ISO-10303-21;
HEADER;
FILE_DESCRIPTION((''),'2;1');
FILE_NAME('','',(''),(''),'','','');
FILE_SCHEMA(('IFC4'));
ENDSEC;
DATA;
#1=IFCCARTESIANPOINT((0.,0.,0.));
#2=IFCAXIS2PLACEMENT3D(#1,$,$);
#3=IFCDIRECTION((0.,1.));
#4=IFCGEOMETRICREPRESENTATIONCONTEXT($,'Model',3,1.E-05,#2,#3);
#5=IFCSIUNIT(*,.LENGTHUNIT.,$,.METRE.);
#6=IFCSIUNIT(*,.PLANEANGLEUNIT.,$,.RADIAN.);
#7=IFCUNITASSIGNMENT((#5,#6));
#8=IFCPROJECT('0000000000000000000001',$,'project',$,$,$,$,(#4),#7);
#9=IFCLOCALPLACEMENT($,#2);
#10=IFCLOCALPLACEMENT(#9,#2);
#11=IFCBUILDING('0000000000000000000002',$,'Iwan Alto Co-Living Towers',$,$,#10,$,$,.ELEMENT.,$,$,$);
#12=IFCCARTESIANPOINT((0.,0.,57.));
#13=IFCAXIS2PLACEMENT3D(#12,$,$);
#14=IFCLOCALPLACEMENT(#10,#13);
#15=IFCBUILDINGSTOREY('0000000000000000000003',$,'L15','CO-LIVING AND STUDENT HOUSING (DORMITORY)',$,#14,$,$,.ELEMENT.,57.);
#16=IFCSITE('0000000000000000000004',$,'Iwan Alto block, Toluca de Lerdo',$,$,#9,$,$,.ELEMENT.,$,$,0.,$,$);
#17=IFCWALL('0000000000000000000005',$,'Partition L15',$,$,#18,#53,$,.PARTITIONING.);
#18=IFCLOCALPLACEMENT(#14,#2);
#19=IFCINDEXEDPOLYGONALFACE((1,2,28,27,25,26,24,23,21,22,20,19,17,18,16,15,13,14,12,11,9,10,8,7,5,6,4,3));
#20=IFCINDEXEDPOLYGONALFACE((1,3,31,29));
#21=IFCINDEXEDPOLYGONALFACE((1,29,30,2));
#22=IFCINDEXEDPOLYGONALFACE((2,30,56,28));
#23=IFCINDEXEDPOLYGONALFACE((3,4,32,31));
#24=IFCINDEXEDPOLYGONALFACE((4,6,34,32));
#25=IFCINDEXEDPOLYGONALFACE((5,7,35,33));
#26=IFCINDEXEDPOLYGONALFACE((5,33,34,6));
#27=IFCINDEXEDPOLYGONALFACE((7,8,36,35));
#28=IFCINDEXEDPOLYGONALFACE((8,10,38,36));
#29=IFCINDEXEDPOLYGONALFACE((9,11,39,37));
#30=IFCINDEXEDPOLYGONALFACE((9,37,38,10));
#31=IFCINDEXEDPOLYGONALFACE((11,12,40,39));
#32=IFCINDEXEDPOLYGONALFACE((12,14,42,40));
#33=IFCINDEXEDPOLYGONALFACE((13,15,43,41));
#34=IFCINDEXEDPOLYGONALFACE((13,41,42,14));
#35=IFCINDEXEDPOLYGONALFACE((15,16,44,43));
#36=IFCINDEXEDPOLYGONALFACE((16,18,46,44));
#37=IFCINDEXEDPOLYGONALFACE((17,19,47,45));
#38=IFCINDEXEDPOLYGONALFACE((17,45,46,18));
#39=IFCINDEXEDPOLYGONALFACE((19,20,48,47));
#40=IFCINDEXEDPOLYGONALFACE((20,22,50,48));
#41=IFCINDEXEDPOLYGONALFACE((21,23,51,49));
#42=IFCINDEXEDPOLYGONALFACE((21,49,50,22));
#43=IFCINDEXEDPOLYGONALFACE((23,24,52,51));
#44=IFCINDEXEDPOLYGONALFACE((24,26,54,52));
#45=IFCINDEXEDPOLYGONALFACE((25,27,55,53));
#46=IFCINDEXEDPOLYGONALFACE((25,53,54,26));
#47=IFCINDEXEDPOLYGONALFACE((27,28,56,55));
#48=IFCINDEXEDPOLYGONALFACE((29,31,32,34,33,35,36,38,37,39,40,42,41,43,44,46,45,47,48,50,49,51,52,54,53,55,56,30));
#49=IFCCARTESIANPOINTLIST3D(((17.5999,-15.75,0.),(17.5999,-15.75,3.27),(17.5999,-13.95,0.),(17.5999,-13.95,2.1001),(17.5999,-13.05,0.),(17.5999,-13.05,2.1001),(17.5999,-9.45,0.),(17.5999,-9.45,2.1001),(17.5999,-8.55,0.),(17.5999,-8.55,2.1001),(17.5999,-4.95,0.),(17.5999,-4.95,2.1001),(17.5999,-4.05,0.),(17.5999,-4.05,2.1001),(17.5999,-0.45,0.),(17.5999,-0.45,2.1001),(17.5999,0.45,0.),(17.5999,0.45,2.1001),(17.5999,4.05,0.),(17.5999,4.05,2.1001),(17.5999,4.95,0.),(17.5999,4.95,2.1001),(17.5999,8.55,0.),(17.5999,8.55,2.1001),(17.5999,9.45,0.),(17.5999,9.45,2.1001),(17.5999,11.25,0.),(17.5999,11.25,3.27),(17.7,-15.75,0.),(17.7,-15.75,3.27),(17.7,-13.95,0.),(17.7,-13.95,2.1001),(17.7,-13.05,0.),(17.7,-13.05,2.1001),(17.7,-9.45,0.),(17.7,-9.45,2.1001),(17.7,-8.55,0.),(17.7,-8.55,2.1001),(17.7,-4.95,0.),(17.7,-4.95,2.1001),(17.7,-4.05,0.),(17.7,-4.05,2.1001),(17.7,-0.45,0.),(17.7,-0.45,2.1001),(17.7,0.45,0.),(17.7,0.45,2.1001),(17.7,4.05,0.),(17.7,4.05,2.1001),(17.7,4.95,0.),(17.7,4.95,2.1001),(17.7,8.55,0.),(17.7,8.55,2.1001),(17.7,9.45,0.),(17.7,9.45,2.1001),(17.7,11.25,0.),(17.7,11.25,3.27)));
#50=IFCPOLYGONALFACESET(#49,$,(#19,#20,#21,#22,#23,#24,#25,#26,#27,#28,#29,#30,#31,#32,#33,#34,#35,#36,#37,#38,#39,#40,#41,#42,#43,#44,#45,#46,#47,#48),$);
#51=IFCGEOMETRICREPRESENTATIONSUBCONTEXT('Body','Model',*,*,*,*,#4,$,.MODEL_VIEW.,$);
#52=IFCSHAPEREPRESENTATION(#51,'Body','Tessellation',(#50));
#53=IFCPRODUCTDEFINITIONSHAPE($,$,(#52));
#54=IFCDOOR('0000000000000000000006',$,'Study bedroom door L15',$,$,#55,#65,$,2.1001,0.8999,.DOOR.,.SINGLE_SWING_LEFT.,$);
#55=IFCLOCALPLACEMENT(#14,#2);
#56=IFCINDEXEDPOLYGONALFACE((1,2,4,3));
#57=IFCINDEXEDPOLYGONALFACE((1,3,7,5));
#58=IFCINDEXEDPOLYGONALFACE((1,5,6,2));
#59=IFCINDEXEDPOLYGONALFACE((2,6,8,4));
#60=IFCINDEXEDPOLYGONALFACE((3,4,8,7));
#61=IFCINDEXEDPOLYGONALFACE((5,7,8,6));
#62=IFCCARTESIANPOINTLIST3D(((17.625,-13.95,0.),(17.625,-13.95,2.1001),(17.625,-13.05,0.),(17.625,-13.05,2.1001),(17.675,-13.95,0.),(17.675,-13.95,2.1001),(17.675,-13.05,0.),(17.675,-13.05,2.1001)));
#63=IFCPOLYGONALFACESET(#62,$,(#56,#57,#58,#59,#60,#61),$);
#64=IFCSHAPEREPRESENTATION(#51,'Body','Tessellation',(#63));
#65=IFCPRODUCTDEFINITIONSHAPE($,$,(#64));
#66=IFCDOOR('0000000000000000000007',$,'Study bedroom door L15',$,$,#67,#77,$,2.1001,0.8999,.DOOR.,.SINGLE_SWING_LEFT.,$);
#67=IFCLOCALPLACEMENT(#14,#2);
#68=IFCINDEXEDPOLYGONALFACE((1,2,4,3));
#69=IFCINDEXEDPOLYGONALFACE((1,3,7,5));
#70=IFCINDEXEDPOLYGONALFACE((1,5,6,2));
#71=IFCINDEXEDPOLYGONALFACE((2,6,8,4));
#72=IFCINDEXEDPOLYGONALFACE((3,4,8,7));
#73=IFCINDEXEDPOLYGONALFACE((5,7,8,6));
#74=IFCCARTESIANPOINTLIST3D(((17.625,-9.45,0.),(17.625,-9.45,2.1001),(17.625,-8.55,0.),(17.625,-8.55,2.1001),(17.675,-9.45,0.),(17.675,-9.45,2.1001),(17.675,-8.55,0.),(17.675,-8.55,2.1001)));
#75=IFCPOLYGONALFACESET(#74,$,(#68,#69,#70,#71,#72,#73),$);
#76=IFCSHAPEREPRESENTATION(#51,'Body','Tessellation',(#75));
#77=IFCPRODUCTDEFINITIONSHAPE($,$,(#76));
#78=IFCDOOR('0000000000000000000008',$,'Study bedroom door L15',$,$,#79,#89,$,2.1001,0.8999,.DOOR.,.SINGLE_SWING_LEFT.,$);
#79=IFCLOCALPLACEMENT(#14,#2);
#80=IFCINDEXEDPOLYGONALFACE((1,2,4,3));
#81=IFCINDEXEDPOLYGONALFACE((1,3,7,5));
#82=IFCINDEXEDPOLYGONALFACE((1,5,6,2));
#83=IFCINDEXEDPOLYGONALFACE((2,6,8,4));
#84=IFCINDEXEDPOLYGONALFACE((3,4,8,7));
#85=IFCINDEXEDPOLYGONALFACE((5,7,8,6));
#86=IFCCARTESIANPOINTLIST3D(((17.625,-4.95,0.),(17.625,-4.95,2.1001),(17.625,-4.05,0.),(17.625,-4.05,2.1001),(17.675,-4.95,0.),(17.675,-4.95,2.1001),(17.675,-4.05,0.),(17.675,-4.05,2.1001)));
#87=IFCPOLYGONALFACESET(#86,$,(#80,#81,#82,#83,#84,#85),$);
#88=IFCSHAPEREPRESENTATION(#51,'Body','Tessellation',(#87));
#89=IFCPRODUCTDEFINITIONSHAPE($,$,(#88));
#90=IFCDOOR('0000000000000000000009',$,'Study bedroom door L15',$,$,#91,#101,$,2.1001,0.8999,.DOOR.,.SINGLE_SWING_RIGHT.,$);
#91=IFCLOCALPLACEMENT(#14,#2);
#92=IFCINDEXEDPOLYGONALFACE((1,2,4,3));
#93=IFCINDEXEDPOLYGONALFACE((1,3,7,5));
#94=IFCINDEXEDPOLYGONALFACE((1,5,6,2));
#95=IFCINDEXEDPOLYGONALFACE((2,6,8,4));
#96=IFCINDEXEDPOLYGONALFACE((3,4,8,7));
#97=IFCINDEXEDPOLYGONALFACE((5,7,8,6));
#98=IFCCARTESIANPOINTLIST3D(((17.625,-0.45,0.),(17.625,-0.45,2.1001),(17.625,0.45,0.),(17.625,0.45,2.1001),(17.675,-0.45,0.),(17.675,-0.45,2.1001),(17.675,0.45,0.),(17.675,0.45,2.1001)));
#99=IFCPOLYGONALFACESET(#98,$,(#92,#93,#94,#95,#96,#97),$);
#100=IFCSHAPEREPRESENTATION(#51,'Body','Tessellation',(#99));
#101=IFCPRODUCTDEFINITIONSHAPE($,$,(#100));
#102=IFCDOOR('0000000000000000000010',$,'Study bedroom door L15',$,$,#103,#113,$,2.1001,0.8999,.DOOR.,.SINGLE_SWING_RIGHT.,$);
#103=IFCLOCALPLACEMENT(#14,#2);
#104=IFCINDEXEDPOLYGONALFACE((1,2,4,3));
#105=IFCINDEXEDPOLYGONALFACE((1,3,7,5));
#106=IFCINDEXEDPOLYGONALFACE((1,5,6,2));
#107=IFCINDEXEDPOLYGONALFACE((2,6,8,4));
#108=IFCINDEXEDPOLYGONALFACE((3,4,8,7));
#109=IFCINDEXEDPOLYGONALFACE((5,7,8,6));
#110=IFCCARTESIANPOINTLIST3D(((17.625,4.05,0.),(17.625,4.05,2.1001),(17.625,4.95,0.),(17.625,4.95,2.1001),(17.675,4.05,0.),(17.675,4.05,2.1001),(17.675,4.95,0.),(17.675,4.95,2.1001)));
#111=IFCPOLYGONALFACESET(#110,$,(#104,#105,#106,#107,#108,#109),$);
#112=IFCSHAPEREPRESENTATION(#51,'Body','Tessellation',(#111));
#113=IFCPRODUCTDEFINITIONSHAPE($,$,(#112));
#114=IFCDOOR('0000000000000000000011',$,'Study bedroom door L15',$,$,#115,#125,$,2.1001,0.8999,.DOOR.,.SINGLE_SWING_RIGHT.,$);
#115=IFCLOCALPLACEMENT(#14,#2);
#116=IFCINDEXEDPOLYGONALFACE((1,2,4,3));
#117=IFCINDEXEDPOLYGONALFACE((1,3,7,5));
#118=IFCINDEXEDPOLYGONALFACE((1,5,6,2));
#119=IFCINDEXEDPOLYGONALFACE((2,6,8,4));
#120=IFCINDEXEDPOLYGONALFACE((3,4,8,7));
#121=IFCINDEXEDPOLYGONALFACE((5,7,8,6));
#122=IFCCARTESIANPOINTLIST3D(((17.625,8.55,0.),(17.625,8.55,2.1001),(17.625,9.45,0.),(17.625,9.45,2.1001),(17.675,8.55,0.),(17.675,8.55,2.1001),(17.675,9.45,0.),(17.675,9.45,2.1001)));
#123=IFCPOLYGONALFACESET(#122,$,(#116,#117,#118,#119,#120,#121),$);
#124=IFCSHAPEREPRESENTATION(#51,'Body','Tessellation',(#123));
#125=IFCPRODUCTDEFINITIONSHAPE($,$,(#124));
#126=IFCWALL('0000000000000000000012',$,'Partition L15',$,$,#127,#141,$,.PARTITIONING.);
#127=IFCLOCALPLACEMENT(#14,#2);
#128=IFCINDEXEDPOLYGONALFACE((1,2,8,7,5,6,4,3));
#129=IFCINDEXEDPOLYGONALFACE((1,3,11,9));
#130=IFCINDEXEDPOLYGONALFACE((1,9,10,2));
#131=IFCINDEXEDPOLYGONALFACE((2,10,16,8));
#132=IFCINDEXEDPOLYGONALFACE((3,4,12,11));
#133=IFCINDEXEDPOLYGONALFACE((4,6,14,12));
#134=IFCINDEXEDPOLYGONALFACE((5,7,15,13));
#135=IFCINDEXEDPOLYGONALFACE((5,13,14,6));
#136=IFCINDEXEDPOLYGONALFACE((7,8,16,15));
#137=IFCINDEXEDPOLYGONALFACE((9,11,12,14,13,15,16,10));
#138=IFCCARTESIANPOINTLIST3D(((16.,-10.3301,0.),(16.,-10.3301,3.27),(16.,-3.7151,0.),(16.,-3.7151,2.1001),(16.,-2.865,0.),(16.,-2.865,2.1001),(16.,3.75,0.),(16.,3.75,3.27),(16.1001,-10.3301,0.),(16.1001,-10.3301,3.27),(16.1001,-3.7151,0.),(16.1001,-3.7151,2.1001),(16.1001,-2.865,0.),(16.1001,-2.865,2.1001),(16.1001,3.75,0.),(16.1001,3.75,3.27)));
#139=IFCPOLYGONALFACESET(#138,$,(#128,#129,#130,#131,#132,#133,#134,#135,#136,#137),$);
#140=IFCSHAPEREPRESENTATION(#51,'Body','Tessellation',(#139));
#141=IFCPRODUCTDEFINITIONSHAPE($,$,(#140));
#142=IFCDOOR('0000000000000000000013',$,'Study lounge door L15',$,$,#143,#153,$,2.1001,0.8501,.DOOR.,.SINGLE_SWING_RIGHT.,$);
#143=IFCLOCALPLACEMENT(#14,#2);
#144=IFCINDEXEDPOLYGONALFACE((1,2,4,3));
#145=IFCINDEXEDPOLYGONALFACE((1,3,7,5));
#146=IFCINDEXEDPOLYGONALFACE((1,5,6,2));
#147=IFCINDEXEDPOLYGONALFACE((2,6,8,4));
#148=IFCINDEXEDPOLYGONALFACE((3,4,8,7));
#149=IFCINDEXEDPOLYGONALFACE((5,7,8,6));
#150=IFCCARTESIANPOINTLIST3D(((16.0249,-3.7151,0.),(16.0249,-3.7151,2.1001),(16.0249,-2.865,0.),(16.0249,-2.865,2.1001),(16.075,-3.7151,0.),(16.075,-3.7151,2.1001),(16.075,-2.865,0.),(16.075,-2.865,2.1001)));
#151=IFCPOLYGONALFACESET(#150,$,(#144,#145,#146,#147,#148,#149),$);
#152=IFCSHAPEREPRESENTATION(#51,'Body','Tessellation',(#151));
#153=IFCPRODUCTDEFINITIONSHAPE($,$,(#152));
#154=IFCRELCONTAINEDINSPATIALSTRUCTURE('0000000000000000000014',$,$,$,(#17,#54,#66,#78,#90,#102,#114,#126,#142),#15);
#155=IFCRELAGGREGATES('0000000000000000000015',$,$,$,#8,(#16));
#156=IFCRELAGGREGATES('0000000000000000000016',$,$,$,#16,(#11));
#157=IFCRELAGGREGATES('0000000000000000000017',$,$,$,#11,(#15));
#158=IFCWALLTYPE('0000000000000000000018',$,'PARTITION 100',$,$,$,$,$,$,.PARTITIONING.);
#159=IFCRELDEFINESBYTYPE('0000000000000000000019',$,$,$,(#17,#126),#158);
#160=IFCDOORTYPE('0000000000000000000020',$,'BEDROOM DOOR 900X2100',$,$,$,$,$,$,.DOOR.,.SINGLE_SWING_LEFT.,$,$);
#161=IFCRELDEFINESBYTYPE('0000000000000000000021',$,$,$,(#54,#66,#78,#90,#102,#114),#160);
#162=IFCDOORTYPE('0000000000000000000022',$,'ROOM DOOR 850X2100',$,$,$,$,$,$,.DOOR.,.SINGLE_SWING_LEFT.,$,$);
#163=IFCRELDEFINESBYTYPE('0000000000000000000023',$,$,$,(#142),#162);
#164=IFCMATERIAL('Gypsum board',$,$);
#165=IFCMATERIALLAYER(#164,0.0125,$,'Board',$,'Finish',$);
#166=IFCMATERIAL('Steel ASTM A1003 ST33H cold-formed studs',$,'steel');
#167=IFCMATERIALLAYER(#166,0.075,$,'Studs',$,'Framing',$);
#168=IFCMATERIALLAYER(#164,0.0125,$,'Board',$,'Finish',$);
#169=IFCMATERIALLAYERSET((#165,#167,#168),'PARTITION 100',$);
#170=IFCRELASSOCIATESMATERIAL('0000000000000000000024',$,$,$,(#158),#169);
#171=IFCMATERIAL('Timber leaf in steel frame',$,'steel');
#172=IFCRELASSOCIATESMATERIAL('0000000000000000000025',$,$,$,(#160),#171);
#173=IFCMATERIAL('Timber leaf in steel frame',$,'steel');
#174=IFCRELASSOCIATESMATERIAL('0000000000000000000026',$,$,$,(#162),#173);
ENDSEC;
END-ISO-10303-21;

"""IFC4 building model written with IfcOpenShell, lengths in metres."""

from ifc_helpers import new_model, si_unit, direction, frame, frame_2d, origin, place, context, subcontext, project, spatial, rectangle, extrude, material, layer, layer_set, type_object, element, fill, save


model = new_model("IFC4")

# Units and contexts
model_context = context("Model", 3, precision=1e-05, world=origin(), true_north=direction((0.0, 1.0)))
body_context = subcontext(model_context, "Body", "Model", "MODEL_VIEW")
ifc_project = project(units=[si_unit("LENGTHUNIT", "METRE"), si_unit("PLANEANGLEUNIT", "RADIAN")], contexts=[model_context])

# Site, building, storey
site_placement = place(None, origin())
site = spatial("IfcSite", under=ifc_project, at=site_placement, Name="Iwan Alto block, Toluca de Lerdo", CompositionType="ELEMENT", RefElevation=0.0)
building_placement = place(site_placement, origin())
building = spatial("IfcBuilding", under=site, at=building_placement, Name="Iwan Alto Co-Living Towers", CompositionType="ELEMENT")
storey_placement = place(building_placement, frame((0.0, 0.0, 57.0)))
storey = spatial("IfcBuildingStorey", under=building, at=storey_placement, Name="L15", Description="CO-LIVING AND STUDENT HOUSING (DORMITORY)", CompositionType="ELEMENT", Elevation=57.0)

# Shared definitions
ifc_material_1 = material(Name="Gypsum board")
ifc_material_2 = material(Name="Steel ASTM A1003 ST33H cold-formed studs", Category="steel")

# Shared definitions
ifc_layer_1 = layer(ifc_material_1, 0.0125, Name="Board", Category="Finish")
ifc_layer_2 = layer(ifc_material_2, 0.075, Name="Studs", Category="Framing")
ifc_layer_3 = layer(ifc_material_1, 0.0125, Name="Board", Category="Finish")
ifc_layer_set_1 = layer_set([ifc_layer_1, ifc_layer_2, ifc_layer_3], Name="PARTITION 100")
wall_type_1 = type_object("IfcWallType", Name="PARTITION 100", PredefinedType="PARTITIONING", material=ifc_layer_set_1)

# Wall, openings, doors
wall_1_placement = place(storey_placement, frame((17.6499, -15.75, 0.0), z_axis=(0.0, 0.0, 1.0), x_axis=(0.0, 1.0, 0.0)))
wall_1 = element("IfcWall", 1, at=wall_1_placement, inside=storey, type_object=wall_type_1, Name="Partition L15", PredefinedType="PARTITIONING", context=body_context, shape_type="SweptSolid", body=[
    extrude(rectangle(XDim=27.0, YDim=0.1001, at=frame_2d((13.5, 0.0))), origin(), (0.0, 0.0, 1.0), 3.27),
])
opening_1_placement = place(wall_1_placement, frame((1.8, 0.0, 0.0)))
opening_1 = element("IfcOpeningElement", 2, at=opening_1_placement, cuts=wall_1, PredefinedType="OPENING", context=body_context, shape_type="SweptSolid", body=[
    extrude(rectangle(XDim=0.8999, YDim=2.1001, at=frame_2d((0.45, 1.05))), frame((0.0, 0.0601, 0.0), z_axis=(0.0, -1.0, 0.0), x_axis=(1.0, 0.0, 0.0)), (0.0, 0.0, 1.0), 0.1201),
])
opening_2_placement = place(wall_1_placement, frame((6.3, 0.0, 0.0)))
opening_2 = element("IfcOpeningElement", 3, at=opening_2_placement, cuts=wall_1, PredefinedType="OPENING", context=body_context, shape_type="SweptSolid", body=[
    extrude(rectangle(XDim=0.8999, YDim=2.1001, at=frame_2d((0.45, 1.05))), frame((0.0, 0.0601, 0.0), z_axis=(0.0, -1.0, 0.0), x_axis=(1.0, 0.0, 0.0)), (0.0, 0.0, 1.0), 0.1201),
])
opening_3_placement = place(wall_1_placement, frame((10.8, 0.0, 0.0)))
opening_3 = element("IfcOpeningElement", 4, at=opening_3_placement, cuts=wall_1, PredefinedType="OPENING", context=body_context, shape_type="SweptSolid", body=[
    extrude(rectangle(XDim=0.8999, YDim=2.1001, at=frame_2d((0.45, 1.05))), frame((0.0, 0.0601, 0.0), z_axis=(0.0, -1.0, 0.0), x_axis=(1.0, 0.0, 0.0)), (0.0, 0.0, 1.0), 0.1201),
])
opening_4_placement = place(wall_1_placement, frame((15.3, 0.0, 0.0)))
opening_4 = element("IfcOpeningElement", 5, at=opening_4_placement, cuts=wall_1, PredefinedType="OPENING", context=body_context, shape_type="SweptSolid", body=[
    extrude(rectangle(XDim=0.8999, YDim=2.1001, at=frame_2d((0.45, 1.05))), frame((0.0, 0.0601, 0.0), z_axis=(0.0, -1.0, 0.0), x_axis=(1.0, 0.0, 0.0)), (0.0, 0.0, 1.0), 0.1201),
])
opening_5_placement = place(wall_1_placement, frame((19.8, 0.0, 0.0)))
opening_5 = element("IfcOpeningElement", 6, at=opening_5_placement, cuts=wall_1, PredefinedType="OPENING", context=body_context, shape_type="SweptSolid", body=[
    extrude(rectangle(XDim=0.8999, YDim=2.1001, at=frame_2d((0.45, 1.05))), frame((0.0, 0.0601, 0.0), z_axis=(0.0, -1.0, 0.0), x_axis=(1.0, 0.0, 0.0)), (0.0, 0.0, 1.0), 0.1201),
])
opening_6_placement = place(wall_1_placement, frame((24.3, 0.0, 0.0)))
opening_6 = element("IfcOpeningElement", 7, at=opening_6_placement, cuts=wall_1, PredefinedType="OPENING", context=body_context, shape_type="SweptSolid", body=[
    extrude(rectangle(XDim=0.8999, YDim=2.1001, at=frame_2d((0.45, 1.05))), frame((0.0, 0.0601, 0.0), z_axis=(0.0, -1.0, 0.0), x_axis=(1.0, 0.0, 0.0)), (0.0, 0.0, 1.0), 0.1201),
])
ifc_material_3 = material(Name="Timber leaf in steel frame", Category="steel")
door_type_1 = type_object("IfcDoorType", Name="BEDROOM DOOR 900X2100", OperationType="SINGLE_SWING_LEFT", PredefinedType="DOOR", material=ifc_material_3)
door_1_placement = place(opening_1_placement, origin())
door_1 = element("IfcDoor", 8, at=door_1_placement, inside=storey, type_object=door_type_1, Name="Study bedroom door L15", OperationType="SINGLE_SWING_LEFT", OverallHeight=2.1001, OverallWidth=0.8999, PredefinedType="DOOR", context=body_context, shape_type="SweptSolid", body=[
    extrude(rectangle(XDim=0.8999, YDim=2.1001, at=frame_2d((0.45, 1.05))), frame((0.0, 0.0249, 0.0), z_axis=(0.0, -1.0, 0.0), x_axis=(1.0, 0.0, 0.0)), (0.0, 0.0, 1.0), 0.05),
])
fill(opening_1, door_1)
door_2_placement = place(opening_2_placement, origin())
door_2 = element("IfcDoor", 9, at=door_2_placement, inside=storey, type_object=door_type_1, Name="Study bedroom door L15", OperationType="SINGLE_SWING_LEFT", OverallHeight=2.1001, OverallWidth=0.8999, PredefinedType="DOOR", context=body_context, shape_type="SweptSolid", body=[
    extrude(rectangle(XDim=0.8999, YDim=2.1001, at=frame_2d((0.45, 1.05))), frame((0.0, 0.0249, 0.0), z_axis=(0.0, -1.0, 0.0), x_axis=(1.0, 0.0, 0.0)), (0.0, 0.0, 1.0), 0.05),
])
fill(opening_2, door_2)
door_3_placement = place(opening_3_placement, origin())
door_3 = element("IfcDoor", 10, at=door_3_placement, inside=storey, type_object=door_type_1, Name="Study bedroom door L15", OperationType="SINGLE_SWING_LEFT", OverallHeight=2.1001, OverallWidth=0.8999, PredefinedType="DOOR", context=body_context, shape_type="SweptSolid", body=[
    extrude(rectangle(XDim=0.8999, YDim=2.1001, at=frame_2d((0.45, 1.05))), frame((0.0, 0.0249, 0.0), z_axis=(0.0, -1.0, 0.0), x_axis=(1.0, 0.0, 0.0)), (0.0, 0.0, 1.0), 0.05),
])
fill(opening_3, door_3)
door_4_placement = place(opening_4_placement, origin())
door_4 = element("IfcDoor", 11, at=door_4_placement, inside=storey, type_object=door_type_1, Name="Study bedroom door L15", OperationType="SINGLE_SWING_RIGHT", OverallHeight=2.1001, OverallWidth=0.8999, PredefinedType="DOOR", context=body_context, shape_type="SweptSolid", body=[
    extrude(rectangle(XDim=0.8999, YDim=2.1001, at=frame_2d((0.45, 1.05))), frame((0.0, 0.0249, 0.0), z_axis=(0.0, -1.0, 0.0), x_axis=(1.0, 0.0, 0.0)), (0.0, 0.0, 1.0), 0.05),
])
fill(opening_4, door_4)
door_5_placement = place(opening_5_placement, origin())
door_5 = element("IfcDoor", 12, at=door_5_placement, inside=storey, type_object=door_type_1, Name="Study bedroom door L15", OperationType="SINGLE_SWING_RIGHT", OverallHeight=2.1001, OverallWidth=0.8999, PredefinedType="DOOR", context=body_context, shape_type="SweptSolid", body=[
    extrude(rectangle(XDim=0.8999, YDim=2.1001, at=frame_2d((0.45, 1.05))), frame((0.0, 0.0249, 0.0), z_axis=(0.0, -1.0, 0.0), x_axis=(1.0, 0.0, 0.0)), (0.0, 0.0, 1.0), 0.05),
])
fill(opening_5, door_5)
door_6_placement = place(opening_6_placement, origin())
door_6 = element("IfcDoor", 13, at=door_6_placement, inside=storey, type_object=door_type_1, Name="Study bedroom door L15", OperationType="SINGLE_SWING_RIGHT", OverallHeight=2.1001, OverallWidth=0.8999, PredefinedType="DOOR", context=body_context, shape_type="SweptSolid", body=[
    extrude(rectangle(XDim=0.8999, YDim=2.1001, at=frame_2d((0.45, 1.05))), frame((0.0, 0.0249, 0.0), z_axis=(0.0, -1.0, 0.0), x_axis=(1.0, 0.0, 0.0)), (0.0, 0.0, 1.0), 0.05),
])
fill(opening_6, door_6)

# Wall, opening, door
wall_2_placement = place(storey_placement, frame((16.05, -10.3301, 0.0), z_axis=(0.0, 0.0, 1.0), x_axis=(0.0, 1.0, 0.0)))
wall_2 = element("IfcWall", 14, at=wall_2_placement, inside=storey, type_object=wall_type_1, Name="Partition L15", PredefinedType="PARTITIONING", context=body_context, shape_type="SweptSolid", body=[
    extrude(rectangle(XDim=14.0801, YDim=0.1001, at=frame_2d((7.04, 0.0))), origin(), (0.0, 0.0, 1.0), 3.27),
])
opening_7_placement = place(wall_2_placement, frame((6.615, 0.0, 0.0)))
opening_7 = element("IfcOpeningElement", 15, at=opening_7_placement, cuts=wall_2, PredefinedType="OPENING", context=body_context, shape_type="SweptSolid", body=[
    extrude(rectangle(XDim=0.8501, YDim=2.1001, at=frame_2d((0.425, 1.05))), frame((0.0, 0.0601, 0.0), z_axis=(0.0, -1.0, 0.0), x_axis=(1.0, 0.0, 0.0)), (0.0, 0.0, 1.0), 0.1201),
])
ifc_material_4 = material(Name="Timber leaf in steel frame", Category="steel")
door_type_2 = type_object("IfcDoorType", Name="ROOM DOOR 850X2100", OperationType="SINGLE_SWING_LEFT", PredefinedType="DOOR", material=ifc_material_4)
door_7_placement = place(opening_7_placement, frame((0.8501, 0.0, 0.0), z_axis=(0.0, 0.0, 1.0), x_axis=(-1.0, 0.0, 0.0)))
door_7 = element("IfcDoor", 16, at=door_7_placement, inside=storey, type_object=door_type_2, Name="Study lounge door L15", OperationType="SINGLE_SWING_RIGHT", OverallHeight=2.1001, OverallWidth=0.8501, PredefinedType="DOOR", context=body_context, shape_type="SweptSolid", body=[
    extrude(rectangle(XDim=0.8501, YDim=2.1001, at=frame_2d((0.425, 1.05))), frame((0.0, 0.0249, 0.0), z_axis=(0.0, -1.0, 0.0), x_axis=(1.0, 0.0, 0.0)), (0.0, 0.0, 1.0), 0.05),
])
fill(opening_7, door_7)

save(model, "model.ifc")
